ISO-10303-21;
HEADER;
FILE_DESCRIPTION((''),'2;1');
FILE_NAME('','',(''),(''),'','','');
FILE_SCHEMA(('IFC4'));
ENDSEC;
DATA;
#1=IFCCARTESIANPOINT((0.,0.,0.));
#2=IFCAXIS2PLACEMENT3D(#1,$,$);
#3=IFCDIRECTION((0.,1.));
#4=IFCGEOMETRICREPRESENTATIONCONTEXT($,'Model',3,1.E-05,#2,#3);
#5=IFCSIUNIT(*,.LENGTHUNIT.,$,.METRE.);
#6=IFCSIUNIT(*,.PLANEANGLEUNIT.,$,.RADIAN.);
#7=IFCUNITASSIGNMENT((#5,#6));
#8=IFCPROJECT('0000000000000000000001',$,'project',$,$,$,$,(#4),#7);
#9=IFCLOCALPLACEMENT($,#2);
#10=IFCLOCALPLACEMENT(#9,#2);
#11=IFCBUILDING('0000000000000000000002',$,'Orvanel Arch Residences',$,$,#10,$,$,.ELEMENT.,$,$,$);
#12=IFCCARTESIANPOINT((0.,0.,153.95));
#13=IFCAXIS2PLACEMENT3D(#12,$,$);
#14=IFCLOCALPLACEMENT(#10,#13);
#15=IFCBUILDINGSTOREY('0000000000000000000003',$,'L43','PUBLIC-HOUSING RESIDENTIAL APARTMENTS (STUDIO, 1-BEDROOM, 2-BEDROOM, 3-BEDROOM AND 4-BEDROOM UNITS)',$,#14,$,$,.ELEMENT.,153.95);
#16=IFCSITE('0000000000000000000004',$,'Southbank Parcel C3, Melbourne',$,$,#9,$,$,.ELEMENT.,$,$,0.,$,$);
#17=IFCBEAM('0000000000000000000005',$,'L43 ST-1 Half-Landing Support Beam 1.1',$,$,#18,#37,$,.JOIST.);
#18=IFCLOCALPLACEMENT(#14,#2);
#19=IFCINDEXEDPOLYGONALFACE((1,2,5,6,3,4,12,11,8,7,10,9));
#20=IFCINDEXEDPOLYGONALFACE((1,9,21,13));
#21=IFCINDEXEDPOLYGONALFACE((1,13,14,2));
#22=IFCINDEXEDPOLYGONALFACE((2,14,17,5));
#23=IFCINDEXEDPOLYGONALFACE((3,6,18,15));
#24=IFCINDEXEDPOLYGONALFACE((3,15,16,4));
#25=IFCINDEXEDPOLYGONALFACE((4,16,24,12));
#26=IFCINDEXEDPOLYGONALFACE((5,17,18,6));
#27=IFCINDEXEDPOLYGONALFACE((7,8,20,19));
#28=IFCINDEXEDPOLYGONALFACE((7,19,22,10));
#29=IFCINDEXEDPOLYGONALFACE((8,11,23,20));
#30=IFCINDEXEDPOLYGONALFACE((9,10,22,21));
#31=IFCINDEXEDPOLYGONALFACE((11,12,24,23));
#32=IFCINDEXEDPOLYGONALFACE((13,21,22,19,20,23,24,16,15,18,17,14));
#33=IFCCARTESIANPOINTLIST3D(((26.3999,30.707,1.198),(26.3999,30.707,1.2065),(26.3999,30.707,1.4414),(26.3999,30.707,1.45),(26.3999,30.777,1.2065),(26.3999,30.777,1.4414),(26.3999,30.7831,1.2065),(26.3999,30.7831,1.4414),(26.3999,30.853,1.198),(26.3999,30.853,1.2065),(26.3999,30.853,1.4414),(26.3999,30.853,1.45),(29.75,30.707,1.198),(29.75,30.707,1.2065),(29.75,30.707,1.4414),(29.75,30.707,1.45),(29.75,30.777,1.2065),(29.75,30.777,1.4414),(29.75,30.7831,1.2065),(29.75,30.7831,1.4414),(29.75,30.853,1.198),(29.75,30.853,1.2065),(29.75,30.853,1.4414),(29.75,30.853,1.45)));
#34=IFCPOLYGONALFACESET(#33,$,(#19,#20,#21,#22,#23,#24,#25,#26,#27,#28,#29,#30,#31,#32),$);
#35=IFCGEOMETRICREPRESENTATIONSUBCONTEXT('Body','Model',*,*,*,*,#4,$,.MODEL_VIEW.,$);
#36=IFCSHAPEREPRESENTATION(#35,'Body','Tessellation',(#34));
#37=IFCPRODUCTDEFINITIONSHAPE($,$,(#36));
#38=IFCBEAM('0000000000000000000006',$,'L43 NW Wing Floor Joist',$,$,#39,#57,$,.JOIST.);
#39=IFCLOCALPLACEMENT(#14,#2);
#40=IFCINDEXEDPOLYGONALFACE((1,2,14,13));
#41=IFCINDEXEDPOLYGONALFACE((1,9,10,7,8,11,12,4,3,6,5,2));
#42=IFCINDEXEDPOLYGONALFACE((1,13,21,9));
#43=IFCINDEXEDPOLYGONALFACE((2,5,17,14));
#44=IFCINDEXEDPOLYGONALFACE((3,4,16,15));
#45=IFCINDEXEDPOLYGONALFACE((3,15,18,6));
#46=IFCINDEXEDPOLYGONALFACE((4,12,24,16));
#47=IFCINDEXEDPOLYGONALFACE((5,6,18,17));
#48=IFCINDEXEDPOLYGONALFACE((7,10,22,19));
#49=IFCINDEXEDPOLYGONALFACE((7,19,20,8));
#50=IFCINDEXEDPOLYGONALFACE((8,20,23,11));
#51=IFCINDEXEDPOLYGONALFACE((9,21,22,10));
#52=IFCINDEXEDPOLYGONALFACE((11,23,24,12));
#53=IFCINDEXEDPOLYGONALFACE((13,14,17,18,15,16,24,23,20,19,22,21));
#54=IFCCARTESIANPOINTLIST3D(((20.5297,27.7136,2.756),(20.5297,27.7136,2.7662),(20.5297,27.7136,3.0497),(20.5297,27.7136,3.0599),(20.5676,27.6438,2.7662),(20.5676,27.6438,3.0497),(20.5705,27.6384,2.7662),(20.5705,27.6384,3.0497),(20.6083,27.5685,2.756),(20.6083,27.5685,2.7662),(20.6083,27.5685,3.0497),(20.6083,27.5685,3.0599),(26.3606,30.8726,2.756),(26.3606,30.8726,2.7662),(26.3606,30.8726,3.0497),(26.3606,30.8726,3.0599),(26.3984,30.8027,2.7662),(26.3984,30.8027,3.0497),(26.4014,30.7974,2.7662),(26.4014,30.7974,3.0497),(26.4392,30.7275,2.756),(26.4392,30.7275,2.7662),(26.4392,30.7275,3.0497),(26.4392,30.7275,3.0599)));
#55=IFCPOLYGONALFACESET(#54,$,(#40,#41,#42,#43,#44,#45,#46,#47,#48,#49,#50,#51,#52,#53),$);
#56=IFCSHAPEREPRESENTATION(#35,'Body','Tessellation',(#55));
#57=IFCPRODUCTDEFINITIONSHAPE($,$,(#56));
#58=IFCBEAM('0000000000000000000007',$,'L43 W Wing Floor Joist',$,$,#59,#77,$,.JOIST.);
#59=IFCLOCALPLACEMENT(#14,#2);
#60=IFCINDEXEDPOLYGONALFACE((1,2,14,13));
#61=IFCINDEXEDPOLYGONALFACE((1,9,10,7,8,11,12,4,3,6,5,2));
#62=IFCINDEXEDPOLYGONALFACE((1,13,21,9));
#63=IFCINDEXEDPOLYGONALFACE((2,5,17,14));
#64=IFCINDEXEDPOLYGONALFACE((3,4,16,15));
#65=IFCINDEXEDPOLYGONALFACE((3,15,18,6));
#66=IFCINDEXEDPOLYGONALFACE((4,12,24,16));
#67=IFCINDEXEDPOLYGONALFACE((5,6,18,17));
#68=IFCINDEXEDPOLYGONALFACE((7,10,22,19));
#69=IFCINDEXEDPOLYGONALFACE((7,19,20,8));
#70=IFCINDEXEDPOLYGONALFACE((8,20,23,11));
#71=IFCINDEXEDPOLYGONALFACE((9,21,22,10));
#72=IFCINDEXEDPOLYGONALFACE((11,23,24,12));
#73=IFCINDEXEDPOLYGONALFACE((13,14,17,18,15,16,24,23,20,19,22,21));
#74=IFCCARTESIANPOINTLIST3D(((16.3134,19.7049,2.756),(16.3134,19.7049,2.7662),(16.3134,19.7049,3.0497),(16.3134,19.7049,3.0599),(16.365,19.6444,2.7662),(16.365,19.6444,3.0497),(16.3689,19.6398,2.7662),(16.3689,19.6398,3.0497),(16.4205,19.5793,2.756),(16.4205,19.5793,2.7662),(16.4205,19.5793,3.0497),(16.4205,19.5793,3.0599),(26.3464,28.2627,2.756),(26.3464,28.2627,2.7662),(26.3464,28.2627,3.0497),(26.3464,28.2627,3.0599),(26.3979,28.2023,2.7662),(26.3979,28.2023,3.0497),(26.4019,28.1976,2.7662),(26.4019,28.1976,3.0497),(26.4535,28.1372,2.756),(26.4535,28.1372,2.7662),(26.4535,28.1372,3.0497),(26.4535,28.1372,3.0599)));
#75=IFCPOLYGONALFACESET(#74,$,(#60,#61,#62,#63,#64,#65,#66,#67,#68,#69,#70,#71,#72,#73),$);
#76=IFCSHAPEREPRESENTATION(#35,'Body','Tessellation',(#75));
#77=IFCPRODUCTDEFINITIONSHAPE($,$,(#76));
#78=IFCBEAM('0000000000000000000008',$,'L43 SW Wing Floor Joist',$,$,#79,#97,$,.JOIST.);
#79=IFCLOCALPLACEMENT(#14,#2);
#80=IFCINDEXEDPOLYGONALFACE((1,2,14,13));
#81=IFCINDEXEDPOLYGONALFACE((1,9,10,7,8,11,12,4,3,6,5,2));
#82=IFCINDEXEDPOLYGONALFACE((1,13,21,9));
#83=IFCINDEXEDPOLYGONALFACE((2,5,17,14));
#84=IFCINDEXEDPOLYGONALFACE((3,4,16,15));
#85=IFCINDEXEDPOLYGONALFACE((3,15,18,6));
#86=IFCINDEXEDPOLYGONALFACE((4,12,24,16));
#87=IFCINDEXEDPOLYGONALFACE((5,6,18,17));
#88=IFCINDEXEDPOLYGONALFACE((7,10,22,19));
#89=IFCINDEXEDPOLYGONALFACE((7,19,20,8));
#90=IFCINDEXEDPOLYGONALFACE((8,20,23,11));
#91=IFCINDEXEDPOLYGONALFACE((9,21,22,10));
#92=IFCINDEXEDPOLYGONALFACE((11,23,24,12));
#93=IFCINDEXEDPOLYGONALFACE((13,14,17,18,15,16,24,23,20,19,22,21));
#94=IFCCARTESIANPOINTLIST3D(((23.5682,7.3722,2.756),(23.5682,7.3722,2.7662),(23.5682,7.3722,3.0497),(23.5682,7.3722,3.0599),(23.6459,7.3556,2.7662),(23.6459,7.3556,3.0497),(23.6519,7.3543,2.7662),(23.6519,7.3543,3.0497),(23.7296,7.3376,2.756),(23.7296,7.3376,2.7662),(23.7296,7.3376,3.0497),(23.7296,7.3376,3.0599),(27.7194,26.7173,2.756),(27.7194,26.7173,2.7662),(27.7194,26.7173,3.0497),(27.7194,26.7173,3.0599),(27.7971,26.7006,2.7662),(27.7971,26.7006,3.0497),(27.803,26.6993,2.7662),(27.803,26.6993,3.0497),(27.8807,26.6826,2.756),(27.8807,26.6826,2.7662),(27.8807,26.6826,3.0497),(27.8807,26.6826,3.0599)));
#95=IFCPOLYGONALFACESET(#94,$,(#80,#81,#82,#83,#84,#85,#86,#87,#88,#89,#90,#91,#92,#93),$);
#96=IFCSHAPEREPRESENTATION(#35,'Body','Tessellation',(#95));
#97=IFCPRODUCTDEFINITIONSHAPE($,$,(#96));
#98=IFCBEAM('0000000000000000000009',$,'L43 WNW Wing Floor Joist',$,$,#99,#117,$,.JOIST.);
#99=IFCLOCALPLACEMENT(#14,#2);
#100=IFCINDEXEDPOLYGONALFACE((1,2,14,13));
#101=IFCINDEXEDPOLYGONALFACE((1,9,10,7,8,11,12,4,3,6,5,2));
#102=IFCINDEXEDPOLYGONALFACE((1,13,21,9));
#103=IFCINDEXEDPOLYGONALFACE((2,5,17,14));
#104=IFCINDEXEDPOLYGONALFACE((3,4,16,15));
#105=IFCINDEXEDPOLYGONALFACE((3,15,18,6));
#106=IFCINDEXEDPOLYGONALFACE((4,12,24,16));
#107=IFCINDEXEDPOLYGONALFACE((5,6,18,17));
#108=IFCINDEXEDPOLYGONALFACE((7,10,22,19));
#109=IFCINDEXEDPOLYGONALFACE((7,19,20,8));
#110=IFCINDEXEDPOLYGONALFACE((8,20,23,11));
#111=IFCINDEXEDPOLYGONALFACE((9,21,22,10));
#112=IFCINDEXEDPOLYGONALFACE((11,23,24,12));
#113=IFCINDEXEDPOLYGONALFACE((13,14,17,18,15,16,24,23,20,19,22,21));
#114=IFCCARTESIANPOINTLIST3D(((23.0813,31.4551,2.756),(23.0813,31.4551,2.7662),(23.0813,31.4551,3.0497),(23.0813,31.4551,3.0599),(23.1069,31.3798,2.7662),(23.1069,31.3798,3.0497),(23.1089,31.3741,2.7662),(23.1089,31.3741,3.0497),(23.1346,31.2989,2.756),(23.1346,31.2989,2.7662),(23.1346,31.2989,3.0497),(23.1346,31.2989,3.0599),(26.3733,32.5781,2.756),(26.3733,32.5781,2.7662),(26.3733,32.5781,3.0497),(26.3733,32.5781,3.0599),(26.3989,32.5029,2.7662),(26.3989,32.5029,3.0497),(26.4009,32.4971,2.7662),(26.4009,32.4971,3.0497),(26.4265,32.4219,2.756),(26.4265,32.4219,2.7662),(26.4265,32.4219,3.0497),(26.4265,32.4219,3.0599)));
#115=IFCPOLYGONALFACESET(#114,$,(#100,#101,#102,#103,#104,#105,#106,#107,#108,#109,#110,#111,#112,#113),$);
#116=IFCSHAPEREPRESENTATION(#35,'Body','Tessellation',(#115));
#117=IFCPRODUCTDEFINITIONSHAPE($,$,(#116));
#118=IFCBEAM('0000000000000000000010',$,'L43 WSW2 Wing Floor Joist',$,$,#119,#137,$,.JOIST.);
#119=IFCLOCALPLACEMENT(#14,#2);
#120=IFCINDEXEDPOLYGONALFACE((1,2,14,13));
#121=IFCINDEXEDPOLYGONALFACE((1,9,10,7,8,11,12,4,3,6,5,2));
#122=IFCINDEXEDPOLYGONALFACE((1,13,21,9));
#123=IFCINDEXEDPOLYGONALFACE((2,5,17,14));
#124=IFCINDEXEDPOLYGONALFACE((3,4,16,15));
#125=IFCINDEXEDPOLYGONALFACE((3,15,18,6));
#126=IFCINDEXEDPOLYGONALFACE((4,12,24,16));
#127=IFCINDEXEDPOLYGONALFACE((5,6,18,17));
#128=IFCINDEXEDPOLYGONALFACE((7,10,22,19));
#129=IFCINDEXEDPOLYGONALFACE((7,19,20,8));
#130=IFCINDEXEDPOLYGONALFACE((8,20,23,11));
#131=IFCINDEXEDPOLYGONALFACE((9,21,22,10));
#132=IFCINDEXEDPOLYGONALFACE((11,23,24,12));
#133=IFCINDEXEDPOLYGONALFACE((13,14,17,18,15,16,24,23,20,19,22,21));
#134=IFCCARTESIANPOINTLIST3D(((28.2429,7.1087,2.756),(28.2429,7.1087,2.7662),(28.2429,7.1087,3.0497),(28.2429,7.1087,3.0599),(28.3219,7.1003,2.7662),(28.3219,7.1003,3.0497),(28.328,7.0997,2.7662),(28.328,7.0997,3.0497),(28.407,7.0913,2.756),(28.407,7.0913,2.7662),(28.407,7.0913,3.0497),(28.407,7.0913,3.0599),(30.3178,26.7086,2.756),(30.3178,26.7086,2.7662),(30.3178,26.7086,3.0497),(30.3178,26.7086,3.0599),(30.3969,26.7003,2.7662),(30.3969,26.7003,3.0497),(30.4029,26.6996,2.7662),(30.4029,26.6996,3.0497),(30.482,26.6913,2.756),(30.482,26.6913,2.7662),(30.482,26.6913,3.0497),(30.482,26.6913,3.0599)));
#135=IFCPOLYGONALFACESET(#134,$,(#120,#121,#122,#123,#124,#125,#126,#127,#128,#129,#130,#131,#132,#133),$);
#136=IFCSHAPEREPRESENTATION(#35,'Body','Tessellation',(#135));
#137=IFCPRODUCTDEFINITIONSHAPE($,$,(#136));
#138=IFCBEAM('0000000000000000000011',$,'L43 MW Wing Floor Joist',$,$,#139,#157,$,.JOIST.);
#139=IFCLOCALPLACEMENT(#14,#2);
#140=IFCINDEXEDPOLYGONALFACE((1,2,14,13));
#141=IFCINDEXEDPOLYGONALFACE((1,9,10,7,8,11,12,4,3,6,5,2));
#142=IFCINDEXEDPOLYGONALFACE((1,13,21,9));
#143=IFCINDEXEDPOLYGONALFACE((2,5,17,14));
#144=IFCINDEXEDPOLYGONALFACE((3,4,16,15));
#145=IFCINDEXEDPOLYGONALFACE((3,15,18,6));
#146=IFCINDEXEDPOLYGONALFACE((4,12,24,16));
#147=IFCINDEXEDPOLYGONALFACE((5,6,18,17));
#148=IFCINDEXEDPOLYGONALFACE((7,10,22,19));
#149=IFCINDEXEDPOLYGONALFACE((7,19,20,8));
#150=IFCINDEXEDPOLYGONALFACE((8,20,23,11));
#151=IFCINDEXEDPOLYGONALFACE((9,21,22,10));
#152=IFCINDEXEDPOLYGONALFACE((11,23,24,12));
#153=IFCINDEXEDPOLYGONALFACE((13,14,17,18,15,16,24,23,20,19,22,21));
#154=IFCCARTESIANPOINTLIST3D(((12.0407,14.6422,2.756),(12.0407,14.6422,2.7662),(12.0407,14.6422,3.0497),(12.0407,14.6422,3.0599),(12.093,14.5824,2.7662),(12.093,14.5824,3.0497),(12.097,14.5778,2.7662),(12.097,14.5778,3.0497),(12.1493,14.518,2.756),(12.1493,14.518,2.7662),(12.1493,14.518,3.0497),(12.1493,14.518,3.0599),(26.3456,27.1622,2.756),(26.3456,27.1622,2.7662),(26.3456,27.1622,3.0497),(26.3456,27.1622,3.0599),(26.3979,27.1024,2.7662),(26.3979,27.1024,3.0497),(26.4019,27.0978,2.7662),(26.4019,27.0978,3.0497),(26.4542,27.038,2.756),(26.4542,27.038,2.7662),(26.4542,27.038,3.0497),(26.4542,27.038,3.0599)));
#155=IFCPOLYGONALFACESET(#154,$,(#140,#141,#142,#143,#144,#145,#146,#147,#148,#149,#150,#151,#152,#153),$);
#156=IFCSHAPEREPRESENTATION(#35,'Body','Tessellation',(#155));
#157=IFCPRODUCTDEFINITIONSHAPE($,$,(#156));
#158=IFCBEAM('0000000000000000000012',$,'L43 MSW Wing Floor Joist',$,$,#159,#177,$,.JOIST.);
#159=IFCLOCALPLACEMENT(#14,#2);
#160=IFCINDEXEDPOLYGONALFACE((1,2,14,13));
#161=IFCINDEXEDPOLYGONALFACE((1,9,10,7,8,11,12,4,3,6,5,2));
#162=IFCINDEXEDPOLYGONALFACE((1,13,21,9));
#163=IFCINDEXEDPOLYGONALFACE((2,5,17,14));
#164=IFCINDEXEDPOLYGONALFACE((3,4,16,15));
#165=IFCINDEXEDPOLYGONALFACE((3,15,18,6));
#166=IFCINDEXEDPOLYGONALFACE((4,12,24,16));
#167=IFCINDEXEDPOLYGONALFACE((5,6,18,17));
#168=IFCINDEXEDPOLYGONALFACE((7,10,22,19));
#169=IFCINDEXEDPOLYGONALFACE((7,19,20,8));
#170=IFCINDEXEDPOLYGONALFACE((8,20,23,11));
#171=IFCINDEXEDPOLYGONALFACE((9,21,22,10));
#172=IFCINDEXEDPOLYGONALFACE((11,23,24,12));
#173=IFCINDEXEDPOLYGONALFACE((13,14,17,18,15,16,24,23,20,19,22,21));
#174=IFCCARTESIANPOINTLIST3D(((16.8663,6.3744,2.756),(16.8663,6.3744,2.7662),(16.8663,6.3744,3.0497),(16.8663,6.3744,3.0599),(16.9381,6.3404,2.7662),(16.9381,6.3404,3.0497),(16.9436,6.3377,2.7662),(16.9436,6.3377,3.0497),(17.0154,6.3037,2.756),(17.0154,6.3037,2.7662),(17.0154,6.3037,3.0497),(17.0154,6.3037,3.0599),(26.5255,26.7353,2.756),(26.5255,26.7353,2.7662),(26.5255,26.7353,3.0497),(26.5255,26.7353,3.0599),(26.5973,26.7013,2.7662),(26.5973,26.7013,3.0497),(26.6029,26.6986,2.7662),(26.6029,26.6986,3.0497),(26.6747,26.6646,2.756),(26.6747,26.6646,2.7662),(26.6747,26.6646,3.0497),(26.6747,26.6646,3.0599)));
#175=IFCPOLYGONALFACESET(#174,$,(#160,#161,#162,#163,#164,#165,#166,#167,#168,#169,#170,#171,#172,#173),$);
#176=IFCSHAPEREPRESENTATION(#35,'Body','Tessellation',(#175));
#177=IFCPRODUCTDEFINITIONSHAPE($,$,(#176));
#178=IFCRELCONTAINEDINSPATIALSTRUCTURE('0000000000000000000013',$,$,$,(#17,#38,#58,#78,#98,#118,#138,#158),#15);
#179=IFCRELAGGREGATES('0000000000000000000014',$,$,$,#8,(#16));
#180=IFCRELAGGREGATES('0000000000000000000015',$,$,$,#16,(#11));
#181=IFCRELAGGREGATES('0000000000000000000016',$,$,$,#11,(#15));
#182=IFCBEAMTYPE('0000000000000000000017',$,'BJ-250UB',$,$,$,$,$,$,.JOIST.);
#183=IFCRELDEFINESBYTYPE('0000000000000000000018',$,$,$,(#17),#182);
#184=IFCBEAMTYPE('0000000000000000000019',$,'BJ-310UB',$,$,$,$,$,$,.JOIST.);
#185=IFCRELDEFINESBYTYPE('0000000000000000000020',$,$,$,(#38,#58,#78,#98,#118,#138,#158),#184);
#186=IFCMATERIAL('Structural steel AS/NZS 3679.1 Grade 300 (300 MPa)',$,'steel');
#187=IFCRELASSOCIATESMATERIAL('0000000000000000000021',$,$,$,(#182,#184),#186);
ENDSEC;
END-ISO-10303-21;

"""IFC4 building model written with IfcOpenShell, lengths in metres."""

from ifc_helpers import new_model, si_unit, direction, frame, origin, origin_2d, place, context, subcontext, project, spatial, i_section, extrude, material, material_profile, profile_set, type_object, element, save


model = new_model("IFC4")

# Units and contexts
model_context = context("Model", 3, precision=1e-05, world=origin(), true_north=direction((0.0, 1.0)))
body_context = subcontext(model_context, "Body", "Model", "MODEL_VIEW")
ifc_project = project(units=[si_unit("LENGTHUNIT", "METRE"), si_unit("PLANEANGLEUNIT", "RADIAN")], contexts=[model_context])

# Site, building, storey
site_placement = place(None, origin())
site = spatial("IfcSite", under=ifc_project, at=site_placement, Name="Southbank Parcel C3, Melbourne", CompositionType="ELEMENT", RefElevation=0.0)
building_placement = place(site_placement, origin())
building = spatial("IfcBuilding", under=site, at=building_placement, Name="Orvanel Arch Residences", CompositionType="ELEMENT")
storey_placement = place(building_placement, frame((0.0, 0.0, 153.95)))
storey = spatial("IfcBuildingStorey", under=building, at=storey_placement, Name="L43", Description="PUBLIC-HOUSING RESIDENTIAL APARTMENTS (STUDIO, 1-BEDROOM, 2-BEDROOM, 3-BEDROOM AND 4-BEDROOM UNITS)", CompositionType="ELEMENT", Elevation=153.95)

# Beams
ifc_material_1 = material(Name="Structural steel AS/NZS 3679.1 Grade 300 (300 MPa)", Category="steel")
ifc_material_profile_1 = material_profile(ifc_material_1, i_section(OverallWidth=0.146, OverallDepth=0.252, WebThickness=0.0061, FlangeThickness=0.0085, at=origin_2d()), Name="250UB31.4")
ifc_profile_set_1 = profile_set([ifc_material_profile_1], Name="Structural steel AS/NZS 3679.1 Grade 300 (300 MPa)")
beam_type_1 = type_object("IfcBeamType", Name="BJ-250UB", PredefinedType="JOIST", material=ifc_profile_set_1)
beam_1_placement = place(storey_placement, frame((26.3999, 30.78, 1.324), z_axis=(1.0, 0.0, 0.0), x_axis=(0.0, 1.0, 0.0)))
element("IfcBeam", 1, at=beam_1_placement, inside=storey, type_object=beam_type_1, Name="L43 ST-1 Half-Landing Support Beam 1.1", PredefinedType="JOIST", context=body_context, shape_type="SweptSolid", body=[
    extrude(i_section(OverallWidth=0.146, OverallDepth=0.252, WebThickness=0.0061, FlangeThickness=0.0085, at=origin_2d()), origin(), (0.0, 0.0, 1.0), 3.3501),
])
ifc_material_profile_2 = material_profile(ifc_material_1, i_section(OverallWidth=0.165, OverallDepth=0.304, WebThickness=0.0061, FlangeThickness=0.0103, at=origin_2d()), Name="310UB40.4")
ifc_profile_set_2 = profile_set([ifc_material_profile_2], Name="Structural steel AS/NZS 3679.1 Grade 300 (300 MPa)")
beam_type_2 = type_object("IfcBeamType", Name="BJ-310UB", PredefinedType="JOIST", material=ifc_profile_set_2)
beam_2_placement = place(storey_placement, frame((26.3999, 30.8, 2.908), z_axis=(-0.879255, -0.476351, 0.0), x_axis=(0.476351, -0.879255, 0.0)))
element("IfcBeam", 2, at=beam_2_placement, inside=storey, type_object=beam_type_2, Name="L43 NW Wing Floor Joist", PredefinedType="JOIST", context=body_context, shape_type="SweptSolid", body=[
    extrude(i_section(OverallWidth=0.165, OverallDepth=0.304, WebThickness=0.0061, FlangeThickness=0.0103, at=origin_2d()), origin(), (0.0, 0.0, 1.0), 6.6316),
])
beam_3_placement = place(storey_placement, frame((26.3999, 28.2, 2.908), z_axis=(-0.760821, -0.648961, 0.0), x_axis=(0.648961, -0.760821, 0.0)))
element("IfcBeam", 3, at=beam_3_placement, inside=storey, type_object=beam_type_2, Name="L43 W Wing Floor Joist", PredefinedType="JOIST", context=body_context, shape_type="SweptSolid", body=[
    extrude(i_section(OverallWidth=0.165, OverallDepth=0.304, WebThickness=0.0061, FlangeThickness=0.0103, at=origin_2d()), origin(), (0.0, 0.0, 1.0), 13.187),
])
beam_4_placement = place(storey_placement, frame((27.8, 26.7, 2.908), z_axis=(-0.209808, -0.977743, 0.0), x_axis=(0.977743, -0.209808, 0.0)))
element("IfcBeam", 4, at=beam_4_placement, inside=storey, type_object=beam_type_2, Name="L43 SW Wing Floor Joist", PredefinedType="JOIST", context=body_context, shape_type="SweptSolid", body=[
    extrude(i_section(OverallWidth=0.165, OverallDepth=0.304, WebThickness=0.0061, FlangeThickness=0.0103, at=origin_2d()), origin(), (0.0, 0.0, 1.0), 19.7854),
])
beam_5_placement = place(storey_placement, frame((26.3999, 32.5, 2.908), z_axis=(-0.946442, -0.322874, 0.0), x_axis=(0.322874, -0.946442, 0.0)))
element("IfcBeam", 5, at=beam_5_placement, inside=storey, type_object=beam_type_2, Name="L43 WNW Wing Floor Joist", PredefinedType="JOIST", context=body_context, shape_type="SweptSolid", body=[
    extrude(i_section(OverallWidth=0.165, OverallDepth=0.304, WebThickness=0.0061, FlangeThickness=0.0103, at=origin_2d()), origin(), (0.0, 0.0, 1.0), 3.4783),
])
beam_6_placement = place(storey_placement, frame((30.3999, 26.7, 2.908), z_axis=(-0.105277, -0.994443, 0.0), x_axis=(0.994443, -0.105277, 0.0)))
element("IfcBeam", 6, at=beam_6_placement, inside=storey, type_object=beam_type_2, Name="L43 WSW2 Wing Floor Joist", PredefinedType="JOIST", context=body_context, shape_type="SweptSolid", body=[
    extrude(i_section(OverallWidth=0.165, OverallDepth=0.304, WebThickness=0.0061, FlangeThickness=0.0103, at=origin_2d()), origin(), (0.0, 0.0, 1.0), 19.7095),
])
beam_7_placement = place(storey_placement, frame((26.3999, 27.1001, 2.908), z_axis=(-0.752493, -0.6586, 0.0), x_axis=(0.6586, -0.752493, 0.0)))
element("IfcBeam", 7, at=beam_7_placement, inside=storey, type_object=beam_type_2, Name="L43 MW Wing Floor Joist", PredefinedType="JOIST", context=body_context, shape_type="SweptSolid", body=[
    extrude(i_section(OverallWidth=0.165, OverallDepth=0.304, WebThickness=0.0061, FlangeThickness=0.0103, at=origin_2d()), origin(), (0.0, 0.0, 1.0), 19.01),
])
beam_8_placement = place(storey_placement, frame((26.6001, 26.7, 2.908), z_axis=(-0.428614, -0.903488, 0.0), x_axis=(0.903488, -0.428614, 0.0)))
element("IfcBeam", 8, at=beam_8_placement, inside=storey, type_object=beam_type_2, Name="L43 MSW Wing Floor Joist", PredefinedType="JOIST", context=body_context, shape_type="SweptSolid", body=[
    extrude(i_section(OverallWidth=0.165, OverallDepth=0.304, WebThickness=0.0061, FlangeThickness=0.0103, at=origin_2d()), origin(), (0.0, 0.0, 1.0), 22.5359),
])

save(model, "model.ifc")
